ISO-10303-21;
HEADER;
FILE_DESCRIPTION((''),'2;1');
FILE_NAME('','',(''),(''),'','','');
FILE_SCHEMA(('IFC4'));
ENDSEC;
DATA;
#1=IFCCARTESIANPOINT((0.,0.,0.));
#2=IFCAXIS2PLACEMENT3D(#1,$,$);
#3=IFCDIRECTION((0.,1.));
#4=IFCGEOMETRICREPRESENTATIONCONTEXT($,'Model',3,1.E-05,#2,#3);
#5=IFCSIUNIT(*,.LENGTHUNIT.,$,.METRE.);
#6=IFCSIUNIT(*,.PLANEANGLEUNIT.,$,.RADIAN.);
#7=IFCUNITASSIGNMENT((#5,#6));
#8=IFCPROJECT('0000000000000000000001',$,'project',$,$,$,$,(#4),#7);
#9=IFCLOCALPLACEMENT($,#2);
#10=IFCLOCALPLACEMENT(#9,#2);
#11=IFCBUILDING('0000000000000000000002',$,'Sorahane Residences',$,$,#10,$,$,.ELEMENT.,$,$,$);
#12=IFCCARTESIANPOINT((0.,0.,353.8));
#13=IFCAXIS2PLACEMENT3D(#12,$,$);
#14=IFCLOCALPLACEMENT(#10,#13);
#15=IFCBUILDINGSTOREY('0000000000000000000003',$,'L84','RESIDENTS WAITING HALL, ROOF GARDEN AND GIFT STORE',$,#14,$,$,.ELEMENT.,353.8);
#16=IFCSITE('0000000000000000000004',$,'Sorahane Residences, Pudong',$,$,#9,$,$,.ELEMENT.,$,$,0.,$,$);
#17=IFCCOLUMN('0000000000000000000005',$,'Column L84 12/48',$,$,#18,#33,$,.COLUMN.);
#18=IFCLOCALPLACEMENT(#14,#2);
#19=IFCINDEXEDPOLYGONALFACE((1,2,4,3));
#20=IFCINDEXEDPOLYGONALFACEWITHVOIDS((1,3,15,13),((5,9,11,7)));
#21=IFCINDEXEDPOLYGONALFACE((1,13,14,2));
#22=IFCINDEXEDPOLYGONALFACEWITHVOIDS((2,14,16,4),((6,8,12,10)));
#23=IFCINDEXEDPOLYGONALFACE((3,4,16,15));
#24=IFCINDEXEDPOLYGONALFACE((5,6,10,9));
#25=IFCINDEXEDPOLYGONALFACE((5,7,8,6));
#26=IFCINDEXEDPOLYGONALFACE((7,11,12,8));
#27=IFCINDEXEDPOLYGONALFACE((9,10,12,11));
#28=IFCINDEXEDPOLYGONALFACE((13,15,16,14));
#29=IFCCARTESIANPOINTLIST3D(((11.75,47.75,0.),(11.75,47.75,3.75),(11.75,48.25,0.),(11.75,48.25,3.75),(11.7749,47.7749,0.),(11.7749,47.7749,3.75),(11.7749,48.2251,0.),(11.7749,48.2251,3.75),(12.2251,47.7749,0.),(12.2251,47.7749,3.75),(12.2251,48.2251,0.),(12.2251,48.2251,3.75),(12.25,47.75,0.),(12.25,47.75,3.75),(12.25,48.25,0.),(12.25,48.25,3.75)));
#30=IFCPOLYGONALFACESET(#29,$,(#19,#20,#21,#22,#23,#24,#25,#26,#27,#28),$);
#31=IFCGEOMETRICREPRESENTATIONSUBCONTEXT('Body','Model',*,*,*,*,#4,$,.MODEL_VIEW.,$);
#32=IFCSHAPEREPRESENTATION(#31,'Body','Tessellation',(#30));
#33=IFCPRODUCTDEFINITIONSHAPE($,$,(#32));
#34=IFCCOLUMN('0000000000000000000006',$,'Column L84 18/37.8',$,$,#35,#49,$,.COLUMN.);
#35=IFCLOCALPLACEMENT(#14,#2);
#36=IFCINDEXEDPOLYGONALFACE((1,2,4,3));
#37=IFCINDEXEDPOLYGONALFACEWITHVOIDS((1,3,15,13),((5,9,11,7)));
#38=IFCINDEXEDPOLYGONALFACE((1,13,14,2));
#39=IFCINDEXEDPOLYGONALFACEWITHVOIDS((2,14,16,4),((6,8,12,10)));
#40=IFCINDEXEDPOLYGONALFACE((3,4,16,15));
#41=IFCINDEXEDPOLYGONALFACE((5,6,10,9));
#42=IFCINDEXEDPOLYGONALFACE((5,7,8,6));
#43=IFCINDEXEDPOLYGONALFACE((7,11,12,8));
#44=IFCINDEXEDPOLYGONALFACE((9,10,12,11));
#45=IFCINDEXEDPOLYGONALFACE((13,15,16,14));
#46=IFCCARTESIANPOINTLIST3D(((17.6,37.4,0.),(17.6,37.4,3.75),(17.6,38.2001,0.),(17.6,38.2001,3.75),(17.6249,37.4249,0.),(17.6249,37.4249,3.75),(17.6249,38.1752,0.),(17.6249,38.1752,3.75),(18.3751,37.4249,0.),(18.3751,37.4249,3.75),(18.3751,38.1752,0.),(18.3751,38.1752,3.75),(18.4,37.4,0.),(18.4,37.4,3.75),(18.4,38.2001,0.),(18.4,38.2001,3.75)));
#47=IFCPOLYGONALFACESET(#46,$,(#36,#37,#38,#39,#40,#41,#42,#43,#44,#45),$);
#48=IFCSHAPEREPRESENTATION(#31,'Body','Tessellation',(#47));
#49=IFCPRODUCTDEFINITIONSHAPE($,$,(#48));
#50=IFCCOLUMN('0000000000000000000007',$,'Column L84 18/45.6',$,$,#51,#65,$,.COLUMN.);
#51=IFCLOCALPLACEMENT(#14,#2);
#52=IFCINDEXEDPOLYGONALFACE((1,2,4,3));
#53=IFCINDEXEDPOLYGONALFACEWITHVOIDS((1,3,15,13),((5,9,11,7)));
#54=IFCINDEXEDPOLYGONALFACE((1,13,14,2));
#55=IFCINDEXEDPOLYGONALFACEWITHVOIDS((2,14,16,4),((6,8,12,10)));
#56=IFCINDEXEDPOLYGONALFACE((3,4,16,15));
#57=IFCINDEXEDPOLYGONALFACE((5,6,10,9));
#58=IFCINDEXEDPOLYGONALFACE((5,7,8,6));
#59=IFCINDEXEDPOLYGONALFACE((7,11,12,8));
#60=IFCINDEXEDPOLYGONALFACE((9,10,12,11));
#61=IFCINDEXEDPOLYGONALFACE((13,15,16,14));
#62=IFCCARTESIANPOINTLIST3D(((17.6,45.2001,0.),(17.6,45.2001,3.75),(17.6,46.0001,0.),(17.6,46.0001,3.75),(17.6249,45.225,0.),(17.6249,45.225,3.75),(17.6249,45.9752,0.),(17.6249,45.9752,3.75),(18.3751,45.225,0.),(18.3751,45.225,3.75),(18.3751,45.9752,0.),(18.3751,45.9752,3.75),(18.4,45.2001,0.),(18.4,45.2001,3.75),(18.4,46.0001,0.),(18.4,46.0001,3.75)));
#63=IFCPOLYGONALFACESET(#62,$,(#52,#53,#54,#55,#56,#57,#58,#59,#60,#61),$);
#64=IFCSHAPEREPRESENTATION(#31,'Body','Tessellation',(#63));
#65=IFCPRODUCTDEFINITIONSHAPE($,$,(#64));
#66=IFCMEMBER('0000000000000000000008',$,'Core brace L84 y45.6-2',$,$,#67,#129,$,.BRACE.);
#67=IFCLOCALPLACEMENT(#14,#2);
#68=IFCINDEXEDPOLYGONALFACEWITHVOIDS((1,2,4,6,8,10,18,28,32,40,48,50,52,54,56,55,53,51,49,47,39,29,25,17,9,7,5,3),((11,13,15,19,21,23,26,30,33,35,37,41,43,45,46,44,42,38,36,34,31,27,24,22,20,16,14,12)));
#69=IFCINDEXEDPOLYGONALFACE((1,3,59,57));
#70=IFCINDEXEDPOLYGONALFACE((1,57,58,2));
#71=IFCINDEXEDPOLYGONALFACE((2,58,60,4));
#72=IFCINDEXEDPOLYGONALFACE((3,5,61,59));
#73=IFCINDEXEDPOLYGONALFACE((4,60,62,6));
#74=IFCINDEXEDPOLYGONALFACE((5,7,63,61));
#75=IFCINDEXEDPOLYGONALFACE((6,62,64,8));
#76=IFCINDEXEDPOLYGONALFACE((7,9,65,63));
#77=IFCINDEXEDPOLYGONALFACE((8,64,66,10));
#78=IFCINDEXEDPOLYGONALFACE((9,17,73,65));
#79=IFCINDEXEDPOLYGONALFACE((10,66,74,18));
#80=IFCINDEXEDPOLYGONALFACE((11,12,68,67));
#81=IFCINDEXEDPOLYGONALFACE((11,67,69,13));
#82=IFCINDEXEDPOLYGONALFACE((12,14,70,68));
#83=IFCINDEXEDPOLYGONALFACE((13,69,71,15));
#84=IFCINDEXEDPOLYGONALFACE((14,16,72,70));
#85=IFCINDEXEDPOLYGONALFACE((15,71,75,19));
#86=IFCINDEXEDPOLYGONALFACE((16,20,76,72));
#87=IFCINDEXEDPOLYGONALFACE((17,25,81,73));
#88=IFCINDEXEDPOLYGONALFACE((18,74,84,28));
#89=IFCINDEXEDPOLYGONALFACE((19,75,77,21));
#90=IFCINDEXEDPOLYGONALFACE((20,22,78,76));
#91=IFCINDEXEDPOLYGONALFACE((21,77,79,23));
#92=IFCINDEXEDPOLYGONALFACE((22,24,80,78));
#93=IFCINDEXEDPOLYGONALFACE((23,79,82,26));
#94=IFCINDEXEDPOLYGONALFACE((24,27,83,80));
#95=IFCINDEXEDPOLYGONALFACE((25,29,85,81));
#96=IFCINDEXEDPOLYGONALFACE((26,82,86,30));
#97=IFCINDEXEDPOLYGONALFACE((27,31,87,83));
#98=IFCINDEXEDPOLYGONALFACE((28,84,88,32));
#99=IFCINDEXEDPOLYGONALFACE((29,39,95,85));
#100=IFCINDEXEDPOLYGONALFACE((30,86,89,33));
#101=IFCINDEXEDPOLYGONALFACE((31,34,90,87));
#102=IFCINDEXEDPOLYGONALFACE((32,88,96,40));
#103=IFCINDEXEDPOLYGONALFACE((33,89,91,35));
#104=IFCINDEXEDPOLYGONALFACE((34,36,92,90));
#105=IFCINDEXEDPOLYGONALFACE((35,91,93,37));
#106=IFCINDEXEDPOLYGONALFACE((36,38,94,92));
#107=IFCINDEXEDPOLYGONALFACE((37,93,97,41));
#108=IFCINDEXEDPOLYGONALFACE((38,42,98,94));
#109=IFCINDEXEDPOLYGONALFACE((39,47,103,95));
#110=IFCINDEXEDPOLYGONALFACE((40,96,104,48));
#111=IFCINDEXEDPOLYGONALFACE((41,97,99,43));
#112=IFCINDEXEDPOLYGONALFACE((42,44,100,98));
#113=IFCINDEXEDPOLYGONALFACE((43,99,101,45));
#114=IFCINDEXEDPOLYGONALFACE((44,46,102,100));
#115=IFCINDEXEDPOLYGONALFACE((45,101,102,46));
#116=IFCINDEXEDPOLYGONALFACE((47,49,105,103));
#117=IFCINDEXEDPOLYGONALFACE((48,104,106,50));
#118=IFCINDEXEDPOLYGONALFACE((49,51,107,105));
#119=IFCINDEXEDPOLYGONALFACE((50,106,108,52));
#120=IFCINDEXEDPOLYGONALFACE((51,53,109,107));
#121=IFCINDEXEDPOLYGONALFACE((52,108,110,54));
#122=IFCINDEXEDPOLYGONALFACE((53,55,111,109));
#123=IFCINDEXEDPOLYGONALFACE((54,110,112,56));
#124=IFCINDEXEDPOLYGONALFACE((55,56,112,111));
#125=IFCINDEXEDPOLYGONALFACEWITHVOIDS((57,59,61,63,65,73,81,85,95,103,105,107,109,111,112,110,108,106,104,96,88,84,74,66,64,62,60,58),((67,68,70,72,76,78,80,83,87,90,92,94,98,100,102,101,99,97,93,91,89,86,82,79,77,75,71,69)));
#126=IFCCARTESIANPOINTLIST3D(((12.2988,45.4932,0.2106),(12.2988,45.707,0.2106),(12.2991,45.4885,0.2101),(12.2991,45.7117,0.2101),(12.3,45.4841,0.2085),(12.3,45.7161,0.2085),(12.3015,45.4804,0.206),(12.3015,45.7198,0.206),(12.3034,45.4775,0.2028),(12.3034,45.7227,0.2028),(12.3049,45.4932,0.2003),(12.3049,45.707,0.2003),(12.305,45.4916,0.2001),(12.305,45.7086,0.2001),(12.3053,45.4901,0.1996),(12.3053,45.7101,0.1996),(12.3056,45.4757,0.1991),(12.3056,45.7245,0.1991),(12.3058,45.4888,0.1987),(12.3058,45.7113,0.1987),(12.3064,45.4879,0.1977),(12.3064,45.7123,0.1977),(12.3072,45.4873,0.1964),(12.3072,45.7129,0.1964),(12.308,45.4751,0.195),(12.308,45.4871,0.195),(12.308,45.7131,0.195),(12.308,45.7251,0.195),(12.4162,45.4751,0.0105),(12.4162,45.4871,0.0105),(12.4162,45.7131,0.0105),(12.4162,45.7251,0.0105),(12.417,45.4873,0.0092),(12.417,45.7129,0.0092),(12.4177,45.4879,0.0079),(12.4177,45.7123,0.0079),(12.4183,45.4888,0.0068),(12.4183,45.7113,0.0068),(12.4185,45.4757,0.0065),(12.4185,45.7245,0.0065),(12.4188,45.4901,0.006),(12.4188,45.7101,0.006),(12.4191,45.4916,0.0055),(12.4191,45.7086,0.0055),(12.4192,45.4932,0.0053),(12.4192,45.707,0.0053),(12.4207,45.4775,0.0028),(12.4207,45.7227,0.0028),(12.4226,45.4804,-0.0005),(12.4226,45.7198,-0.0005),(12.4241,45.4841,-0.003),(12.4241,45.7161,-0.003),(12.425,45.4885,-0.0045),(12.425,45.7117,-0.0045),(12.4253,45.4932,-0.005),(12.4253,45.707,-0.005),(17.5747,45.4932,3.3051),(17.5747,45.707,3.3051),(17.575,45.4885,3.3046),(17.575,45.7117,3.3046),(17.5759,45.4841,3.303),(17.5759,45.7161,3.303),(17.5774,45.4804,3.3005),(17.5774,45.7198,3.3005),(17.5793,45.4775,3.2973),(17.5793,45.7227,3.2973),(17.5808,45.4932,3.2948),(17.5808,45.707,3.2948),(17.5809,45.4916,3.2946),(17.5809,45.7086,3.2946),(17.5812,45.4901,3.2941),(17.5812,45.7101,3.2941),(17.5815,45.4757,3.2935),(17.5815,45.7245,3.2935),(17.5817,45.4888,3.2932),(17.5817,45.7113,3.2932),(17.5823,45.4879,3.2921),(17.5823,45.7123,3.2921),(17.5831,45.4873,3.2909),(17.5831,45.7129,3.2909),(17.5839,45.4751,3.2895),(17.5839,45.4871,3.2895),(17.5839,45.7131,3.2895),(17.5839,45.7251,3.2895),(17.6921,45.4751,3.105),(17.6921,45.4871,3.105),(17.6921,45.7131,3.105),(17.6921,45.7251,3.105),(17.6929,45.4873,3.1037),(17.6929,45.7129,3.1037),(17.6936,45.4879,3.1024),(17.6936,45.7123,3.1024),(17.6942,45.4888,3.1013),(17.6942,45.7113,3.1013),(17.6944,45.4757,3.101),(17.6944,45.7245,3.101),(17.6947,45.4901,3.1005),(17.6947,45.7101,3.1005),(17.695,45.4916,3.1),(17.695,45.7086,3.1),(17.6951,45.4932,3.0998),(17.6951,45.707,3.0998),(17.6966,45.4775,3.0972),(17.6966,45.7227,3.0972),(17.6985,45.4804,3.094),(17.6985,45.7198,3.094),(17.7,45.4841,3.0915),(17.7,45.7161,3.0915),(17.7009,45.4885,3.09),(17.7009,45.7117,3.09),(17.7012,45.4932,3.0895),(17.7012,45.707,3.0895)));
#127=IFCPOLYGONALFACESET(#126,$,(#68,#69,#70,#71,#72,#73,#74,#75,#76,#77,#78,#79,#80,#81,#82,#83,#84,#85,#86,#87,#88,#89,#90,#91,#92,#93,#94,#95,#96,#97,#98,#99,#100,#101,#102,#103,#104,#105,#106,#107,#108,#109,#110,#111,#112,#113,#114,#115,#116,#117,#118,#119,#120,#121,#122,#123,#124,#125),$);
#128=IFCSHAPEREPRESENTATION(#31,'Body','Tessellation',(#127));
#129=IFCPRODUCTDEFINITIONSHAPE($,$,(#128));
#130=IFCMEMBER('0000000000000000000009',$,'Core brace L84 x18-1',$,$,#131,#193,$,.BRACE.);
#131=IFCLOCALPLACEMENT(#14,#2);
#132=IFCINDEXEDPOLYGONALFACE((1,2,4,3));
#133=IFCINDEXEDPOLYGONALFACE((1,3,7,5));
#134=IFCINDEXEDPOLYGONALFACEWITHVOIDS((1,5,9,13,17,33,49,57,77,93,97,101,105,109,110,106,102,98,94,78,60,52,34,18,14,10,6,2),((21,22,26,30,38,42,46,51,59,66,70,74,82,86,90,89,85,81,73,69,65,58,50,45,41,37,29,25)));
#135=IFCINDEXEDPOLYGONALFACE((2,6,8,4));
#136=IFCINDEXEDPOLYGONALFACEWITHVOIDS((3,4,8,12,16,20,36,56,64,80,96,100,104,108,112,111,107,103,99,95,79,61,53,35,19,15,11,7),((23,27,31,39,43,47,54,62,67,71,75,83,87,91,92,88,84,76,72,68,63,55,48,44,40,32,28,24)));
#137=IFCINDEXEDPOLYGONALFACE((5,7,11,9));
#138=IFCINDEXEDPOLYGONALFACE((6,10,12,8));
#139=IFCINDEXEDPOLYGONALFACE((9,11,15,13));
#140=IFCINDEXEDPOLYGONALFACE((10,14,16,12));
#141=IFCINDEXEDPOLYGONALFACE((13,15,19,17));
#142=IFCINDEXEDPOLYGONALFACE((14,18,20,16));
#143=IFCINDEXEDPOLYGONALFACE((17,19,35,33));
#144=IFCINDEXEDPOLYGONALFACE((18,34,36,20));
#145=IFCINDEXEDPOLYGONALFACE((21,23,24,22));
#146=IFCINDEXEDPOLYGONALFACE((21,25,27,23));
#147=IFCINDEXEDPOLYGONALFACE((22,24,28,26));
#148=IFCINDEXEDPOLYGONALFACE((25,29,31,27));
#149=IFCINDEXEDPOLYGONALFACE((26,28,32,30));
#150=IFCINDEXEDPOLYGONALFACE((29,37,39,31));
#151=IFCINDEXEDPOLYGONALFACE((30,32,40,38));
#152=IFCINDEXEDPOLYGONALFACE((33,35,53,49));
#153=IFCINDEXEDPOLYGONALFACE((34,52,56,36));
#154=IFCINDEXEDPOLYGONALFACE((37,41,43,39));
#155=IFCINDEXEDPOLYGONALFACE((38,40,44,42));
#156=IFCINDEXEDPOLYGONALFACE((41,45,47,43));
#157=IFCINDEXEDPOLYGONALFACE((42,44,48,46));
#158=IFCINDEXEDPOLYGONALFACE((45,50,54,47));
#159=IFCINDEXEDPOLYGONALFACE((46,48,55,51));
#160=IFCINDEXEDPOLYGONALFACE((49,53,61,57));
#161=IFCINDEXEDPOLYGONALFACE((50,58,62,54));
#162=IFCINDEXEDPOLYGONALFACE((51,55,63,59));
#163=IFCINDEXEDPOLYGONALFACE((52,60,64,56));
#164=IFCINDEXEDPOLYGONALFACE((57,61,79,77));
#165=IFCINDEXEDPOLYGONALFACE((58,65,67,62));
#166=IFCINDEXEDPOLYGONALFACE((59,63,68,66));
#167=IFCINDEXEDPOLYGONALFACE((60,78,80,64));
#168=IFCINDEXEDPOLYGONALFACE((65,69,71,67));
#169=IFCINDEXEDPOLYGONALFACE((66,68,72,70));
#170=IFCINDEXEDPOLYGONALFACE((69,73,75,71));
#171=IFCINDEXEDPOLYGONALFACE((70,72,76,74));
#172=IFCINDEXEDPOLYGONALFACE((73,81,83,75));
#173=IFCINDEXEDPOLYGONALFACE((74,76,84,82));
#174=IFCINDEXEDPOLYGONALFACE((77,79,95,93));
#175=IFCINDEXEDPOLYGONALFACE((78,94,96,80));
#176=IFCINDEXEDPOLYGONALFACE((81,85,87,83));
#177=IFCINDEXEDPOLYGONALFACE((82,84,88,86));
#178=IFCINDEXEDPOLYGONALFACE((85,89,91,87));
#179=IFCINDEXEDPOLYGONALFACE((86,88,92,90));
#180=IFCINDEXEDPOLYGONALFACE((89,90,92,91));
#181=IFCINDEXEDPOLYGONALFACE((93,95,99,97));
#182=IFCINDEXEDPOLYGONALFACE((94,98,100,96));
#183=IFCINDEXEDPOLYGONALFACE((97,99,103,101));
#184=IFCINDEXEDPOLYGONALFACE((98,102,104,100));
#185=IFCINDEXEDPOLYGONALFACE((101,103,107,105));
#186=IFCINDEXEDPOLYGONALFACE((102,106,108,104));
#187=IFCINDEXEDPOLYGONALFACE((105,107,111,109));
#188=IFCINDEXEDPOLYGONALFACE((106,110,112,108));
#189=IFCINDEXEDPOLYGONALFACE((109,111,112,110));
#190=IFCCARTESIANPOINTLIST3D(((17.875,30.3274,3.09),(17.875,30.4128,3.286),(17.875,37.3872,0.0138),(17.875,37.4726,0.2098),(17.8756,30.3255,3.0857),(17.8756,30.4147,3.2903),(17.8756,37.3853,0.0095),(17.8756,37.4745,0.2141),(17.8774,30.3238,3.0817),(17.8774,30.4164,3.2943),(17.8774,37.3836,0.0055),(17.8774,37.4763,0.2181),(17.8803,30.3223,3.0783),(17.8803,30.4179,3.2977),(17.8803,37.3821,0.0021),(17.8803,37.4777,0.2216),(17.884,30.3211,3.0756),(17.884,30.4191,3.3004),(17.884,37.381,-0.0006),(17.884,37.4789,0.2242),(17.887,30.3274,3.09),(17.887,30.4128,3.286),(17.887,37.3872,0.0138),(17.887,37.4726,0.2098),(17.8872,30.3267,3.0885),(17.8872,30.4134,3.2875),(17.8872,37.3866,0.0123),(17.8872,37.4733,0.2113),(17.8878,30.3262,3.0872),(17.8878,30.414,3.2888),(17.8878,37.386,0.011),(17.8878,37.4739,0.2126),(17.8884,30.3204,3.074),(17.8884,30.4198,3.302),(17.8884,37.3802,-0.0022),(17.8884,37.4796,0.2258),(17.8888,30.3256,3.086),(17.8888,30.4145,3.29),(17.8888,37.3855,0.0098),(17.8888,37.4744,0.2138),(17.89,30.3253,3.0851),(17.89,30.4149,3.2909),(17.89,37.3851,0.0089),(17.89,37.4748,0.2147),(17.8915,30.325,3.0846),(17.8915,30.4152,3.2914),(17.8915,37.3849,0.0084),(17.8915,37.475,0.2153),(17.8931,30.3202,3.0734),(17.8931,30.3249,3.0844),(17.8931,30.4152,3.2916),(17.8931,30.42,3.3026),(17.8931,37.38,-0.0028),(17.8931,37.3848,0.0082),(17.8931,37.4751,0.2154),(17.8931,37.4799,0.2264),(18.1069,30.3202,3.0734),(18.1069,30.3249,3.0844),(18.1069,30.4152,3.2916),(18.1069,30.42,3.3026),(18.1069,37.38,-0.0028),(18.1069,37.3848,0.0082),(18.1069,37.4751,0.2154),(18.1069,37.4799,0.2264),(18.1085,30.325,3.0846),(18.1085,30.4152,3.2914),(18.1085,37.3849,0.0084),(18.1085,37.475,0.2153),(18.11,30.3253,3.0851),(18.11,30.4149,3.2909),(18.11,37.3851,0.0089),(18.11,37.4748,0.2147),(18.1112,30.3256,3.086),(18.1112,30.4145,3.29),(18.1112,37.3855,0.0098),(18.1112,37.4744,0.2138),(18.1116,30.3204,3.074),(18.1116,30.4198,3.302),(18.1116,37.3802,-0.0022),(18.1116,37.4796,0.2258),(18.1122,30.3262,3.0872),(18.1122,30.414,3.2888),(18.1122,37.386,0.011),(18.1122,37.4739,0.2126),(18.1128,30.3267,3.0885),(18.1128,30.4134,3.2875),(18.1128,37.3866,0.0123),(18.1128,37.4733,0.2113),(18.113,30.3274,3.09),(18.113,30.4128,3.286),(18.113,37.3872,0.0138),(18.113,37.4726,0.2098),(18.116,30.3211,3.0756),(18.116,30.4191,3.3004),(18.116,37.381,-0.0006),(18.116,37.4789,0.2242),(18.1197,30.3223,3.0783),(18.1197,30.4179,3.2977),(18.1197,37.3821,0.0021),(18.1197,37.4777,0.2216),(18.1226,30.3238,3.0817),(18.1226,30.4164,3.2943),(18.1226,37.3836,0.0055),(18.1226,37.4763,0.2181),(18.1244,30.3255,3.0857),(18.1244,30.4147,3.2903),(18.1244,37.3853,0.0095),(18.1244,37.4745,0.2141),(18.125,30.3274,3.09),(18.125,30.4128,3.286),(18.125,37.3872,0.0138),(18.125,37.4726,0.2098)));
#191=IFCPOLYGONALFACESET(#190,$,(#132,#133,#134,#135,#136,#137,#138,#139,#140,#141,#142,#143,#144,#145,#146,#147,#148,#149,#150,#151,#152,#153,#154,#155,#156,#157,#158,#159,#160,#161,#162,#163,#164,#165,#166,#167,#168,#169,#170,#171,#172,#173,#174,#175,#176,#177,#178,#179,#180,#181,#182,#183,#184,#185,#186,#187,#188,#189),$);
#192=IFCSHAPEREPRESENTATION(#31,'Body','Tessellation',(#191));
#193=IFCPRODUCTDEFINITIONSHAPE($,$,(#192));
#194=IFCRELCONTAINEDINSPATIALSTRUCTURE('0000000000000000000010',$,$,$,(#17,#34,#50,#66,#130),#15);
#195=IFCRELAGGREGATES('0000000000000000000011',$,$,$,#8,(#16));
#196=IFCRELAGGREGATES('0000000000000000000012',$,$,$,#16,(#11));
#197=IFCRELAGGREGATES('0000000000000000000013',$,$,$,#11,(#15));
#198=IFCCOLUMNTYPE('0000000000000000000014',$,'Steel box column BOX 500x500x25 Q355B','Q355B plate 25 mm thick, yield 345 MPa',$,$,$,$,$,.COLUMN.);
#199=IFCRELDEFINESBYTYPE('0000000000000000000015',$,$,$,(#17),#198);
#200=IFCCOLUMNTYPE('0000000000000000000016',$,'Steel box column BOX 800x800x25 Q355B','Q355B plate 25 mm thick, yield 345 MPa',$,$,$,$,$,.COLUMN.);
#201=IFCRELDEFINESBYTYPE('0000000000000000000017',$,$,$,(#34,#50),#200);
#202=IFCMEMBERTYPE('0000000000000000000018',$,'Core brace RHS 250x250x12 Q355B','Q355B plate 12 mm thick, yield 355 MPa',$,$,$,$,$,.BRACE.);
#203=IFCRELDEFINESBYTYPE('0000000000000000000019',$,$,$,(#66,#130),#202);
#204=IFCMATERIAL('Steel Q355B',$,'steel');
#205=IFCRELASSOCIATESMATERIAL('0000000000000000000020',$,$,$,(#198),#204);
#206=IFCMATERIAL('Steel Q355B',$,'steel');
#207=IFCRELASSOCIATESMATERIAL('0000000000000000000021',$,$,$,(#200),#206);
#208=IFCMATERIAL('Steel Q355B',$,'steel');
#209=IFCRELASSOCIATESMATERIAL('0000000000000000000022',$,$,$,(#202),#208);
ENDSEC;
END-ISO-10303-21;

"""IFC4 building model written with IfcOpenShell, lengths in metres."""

from ifc_helpers import new_model, si_unit, direction, frame, origin, origin_2d, place, context, subcontext, project, spatial, hollow_rectangle, extrude, material, material_profile, profile_set, type_object, element, save


model = new_model("IFC4")

# Units and contexts
model_context = context("Model", 3, precision=1e-05, world=origin(), true_north=direction((0.0, 1.0)))
body_context = subcontext(model_context, "Body", "Model", "MODEL_VIEW")
ifc_project = project(units=[si_unit("LENGTHUNIT", "METRE"), si_unit("PLANEANGLEUNIT", "RADIAN")], contexts=[model_context])

# Site, building, storey
site_placement = place(None, origin())
site = spatial("IfcSite", under=ifc_project, at=site_placement, Name="Sorahane Residences, Pudong", CompositionType="ELEMENT", RefElevation=0.0)
building_placement = place(site_placement, origin())
building = spatial("IfcBuilding", under=site, at=building_placement, Name="Sorahane Residences", CompositionType="ELEMENT")
storey_placement = place(building_placement, frame((0.0, 0.0, 353.8)))
storey = spatial("IfcBuildingStorey", under=building, at=storey_placement, Name="L84", Description="RESIDENTS WAITING HALL, ROOF GARDEN AND GIFT STORE", CompositionType="ELEMENT", Elevation=353.8)

# Columns
ifc_material_1 = material(Name="Steel Q355B", Category="steel")
ifc_material_profile_1 = material_profile(ifc_material_1, hollow_rectangle(XDim=0.5, YDim=0.5, WallThickness=0.0249, at=origin_2d()), Name="BOX 500x500x25")
ifc_profile_set_1 = profile_set([ifc_material_profile_1], Name="Steel Q355B")
column_type_1 = type_object("IfcColumnType", Name="Steel box column BOX 500x500x25 Q355B", Description="Q355B plate 25 mm thick, yield 345 MPa", PredefinedType="COLUMN", material=ifc_profile_set_1)
column_placement = place(storey_placement, frame((12.0, 48.0, 0.0), z_axis=(0.0, 0.0, 1.0), x_axis=(1.0, 0.0, 0.0)))
element("IfcColumn", 1, at=column_placement, inside=storey, type_object=column_type_1, Name="Column L84 12/48", PredefinedType="COLUMN", context=body_context, shape_type="SweptSolid", body=[
    extrude(hollow_rectangle(XDim=0.5, YDim=0.5, WallThickness=0.0249, at=origin_2d()), origin(), (0.0, 0.0, 1.0), 3.75),
])
ifc_material_2 = material(Name="Steel Q355B", Category="steel")
ifc_material_profile_2 = material_profile(ifc_material_2, hollow_rectangle(XDim=0.8, YDim=0.8, WallThickness=0.0249, at=origin_2d()), Name="BOX 800x800x25")
ifc_profile_set_2 = profile_set([ifc_material_profile_2], Name="Steel Q355B")
column_type_2 = type_object("IfcColumnType", Name="Steel box column BOX 800x800x25 Q355B", Description="Q355B plate 25 mm thick, yield 345 MPa", PredefinedType="COLUMN", material=ifc_profile_set_2)
for number, where, z_axis, x_axis, name in (
    (2, (18.0, 37.8, 0.0), (0.0, 0.0, 1.0), (1.0, 0.0, 0.0), "Column L84 18/37.8"),
    (3, (18.0, 45.6001, 0.0), (0.0, 0.0, 1.0), (1.0, 0.0, 0.0), "Column L84 18/45.6"),
):
    element("IfcColumn", number, at=place(storey_placement, frame(where, z_axis=z_axis, x_axis=x_axis)), inside=storey, type_object=column_type_2, Name=name, PredefinedType="COLUMN", context=body_context, shape_type="SweptSolid", body=[
        extrude(hollow_rectangle(XDim=0.8, YDim=0.8, WallThickness=0.0249, at=origin_2d()), origin(), (0.0, 0.0, 1.0), 3.75),
    ])

# Members
ifc_material_3 = material(Name="Steel Q355B", Category="steel")
ifc_material_profile_3 = material_profile(ifc_material_3, hollow_rectangle(XDim=0.25, YDim=0.25, WallThickness=0.012, InnerFilletRadius=0.0061, OuterFilletRadius=0.0181, at=origin_2d()), Name="RHS 250x250x12")
ifc_profile_set_3 = profile_set([ifc_material_profile_3], Name="Steel Q355B")
member_type_1 = type_object("IfcMemberType", Name="Core brace RHS 250x250x12 Q355B", Description="Q355B plate 12 mm thick, yield 355 MPa", PredefinedType="BRACE", material=ifc_profile_set_3)
member_1_placement = place(storey_placement, frame((12.3621, 45.6001, 0.1028), z_axis=(0.862575, 0.0, 0.505929), x_axis=(0.0, 1.0, 0.0)))
element("IfcMember", 4, at=member_1_placement, inside=storey, type_object=member_type_1, Name="Core brace L84 y45.6-2", PredefinedType="BRACE", context=body_context, shape_type="SweptSolid", body=[
    extrude(hollow_rectangle(XDim=0.25, YDim=0.25, WallThickness=0.012, InnerFilletRadius=0.0061, OuterFilletRadius=0.0181, at=origin_2d()), origin(), (0.0, 0.0, 1.0), 6.1165),
])
member_2_placement = place(storey_placement, frame((18.0, 37.4299, 0.1118), z_axis=(0.0, -0.916752, 0.399456), x_axis=(1.0, 0.0, 0.0)))
element("IfcMember", 5, at=member_2_placement, inside=storey, type_object=member_type_1, Name="Core brace L84 x18-1", PredefinedType="BRACE", context=body_context, shape_type="SweptSolid", body=[
    extrude(hollow_rectangle(XDim=0.25, YDim=0.25, WallThickness=0.012, InnerFilletRadius=0.0061, OuterFilletRadius=0.0181, at=origin_2d()), origin(), (0.0, 0.0, 1.0), 7.7009),
])

save(model, "model.ifc")
